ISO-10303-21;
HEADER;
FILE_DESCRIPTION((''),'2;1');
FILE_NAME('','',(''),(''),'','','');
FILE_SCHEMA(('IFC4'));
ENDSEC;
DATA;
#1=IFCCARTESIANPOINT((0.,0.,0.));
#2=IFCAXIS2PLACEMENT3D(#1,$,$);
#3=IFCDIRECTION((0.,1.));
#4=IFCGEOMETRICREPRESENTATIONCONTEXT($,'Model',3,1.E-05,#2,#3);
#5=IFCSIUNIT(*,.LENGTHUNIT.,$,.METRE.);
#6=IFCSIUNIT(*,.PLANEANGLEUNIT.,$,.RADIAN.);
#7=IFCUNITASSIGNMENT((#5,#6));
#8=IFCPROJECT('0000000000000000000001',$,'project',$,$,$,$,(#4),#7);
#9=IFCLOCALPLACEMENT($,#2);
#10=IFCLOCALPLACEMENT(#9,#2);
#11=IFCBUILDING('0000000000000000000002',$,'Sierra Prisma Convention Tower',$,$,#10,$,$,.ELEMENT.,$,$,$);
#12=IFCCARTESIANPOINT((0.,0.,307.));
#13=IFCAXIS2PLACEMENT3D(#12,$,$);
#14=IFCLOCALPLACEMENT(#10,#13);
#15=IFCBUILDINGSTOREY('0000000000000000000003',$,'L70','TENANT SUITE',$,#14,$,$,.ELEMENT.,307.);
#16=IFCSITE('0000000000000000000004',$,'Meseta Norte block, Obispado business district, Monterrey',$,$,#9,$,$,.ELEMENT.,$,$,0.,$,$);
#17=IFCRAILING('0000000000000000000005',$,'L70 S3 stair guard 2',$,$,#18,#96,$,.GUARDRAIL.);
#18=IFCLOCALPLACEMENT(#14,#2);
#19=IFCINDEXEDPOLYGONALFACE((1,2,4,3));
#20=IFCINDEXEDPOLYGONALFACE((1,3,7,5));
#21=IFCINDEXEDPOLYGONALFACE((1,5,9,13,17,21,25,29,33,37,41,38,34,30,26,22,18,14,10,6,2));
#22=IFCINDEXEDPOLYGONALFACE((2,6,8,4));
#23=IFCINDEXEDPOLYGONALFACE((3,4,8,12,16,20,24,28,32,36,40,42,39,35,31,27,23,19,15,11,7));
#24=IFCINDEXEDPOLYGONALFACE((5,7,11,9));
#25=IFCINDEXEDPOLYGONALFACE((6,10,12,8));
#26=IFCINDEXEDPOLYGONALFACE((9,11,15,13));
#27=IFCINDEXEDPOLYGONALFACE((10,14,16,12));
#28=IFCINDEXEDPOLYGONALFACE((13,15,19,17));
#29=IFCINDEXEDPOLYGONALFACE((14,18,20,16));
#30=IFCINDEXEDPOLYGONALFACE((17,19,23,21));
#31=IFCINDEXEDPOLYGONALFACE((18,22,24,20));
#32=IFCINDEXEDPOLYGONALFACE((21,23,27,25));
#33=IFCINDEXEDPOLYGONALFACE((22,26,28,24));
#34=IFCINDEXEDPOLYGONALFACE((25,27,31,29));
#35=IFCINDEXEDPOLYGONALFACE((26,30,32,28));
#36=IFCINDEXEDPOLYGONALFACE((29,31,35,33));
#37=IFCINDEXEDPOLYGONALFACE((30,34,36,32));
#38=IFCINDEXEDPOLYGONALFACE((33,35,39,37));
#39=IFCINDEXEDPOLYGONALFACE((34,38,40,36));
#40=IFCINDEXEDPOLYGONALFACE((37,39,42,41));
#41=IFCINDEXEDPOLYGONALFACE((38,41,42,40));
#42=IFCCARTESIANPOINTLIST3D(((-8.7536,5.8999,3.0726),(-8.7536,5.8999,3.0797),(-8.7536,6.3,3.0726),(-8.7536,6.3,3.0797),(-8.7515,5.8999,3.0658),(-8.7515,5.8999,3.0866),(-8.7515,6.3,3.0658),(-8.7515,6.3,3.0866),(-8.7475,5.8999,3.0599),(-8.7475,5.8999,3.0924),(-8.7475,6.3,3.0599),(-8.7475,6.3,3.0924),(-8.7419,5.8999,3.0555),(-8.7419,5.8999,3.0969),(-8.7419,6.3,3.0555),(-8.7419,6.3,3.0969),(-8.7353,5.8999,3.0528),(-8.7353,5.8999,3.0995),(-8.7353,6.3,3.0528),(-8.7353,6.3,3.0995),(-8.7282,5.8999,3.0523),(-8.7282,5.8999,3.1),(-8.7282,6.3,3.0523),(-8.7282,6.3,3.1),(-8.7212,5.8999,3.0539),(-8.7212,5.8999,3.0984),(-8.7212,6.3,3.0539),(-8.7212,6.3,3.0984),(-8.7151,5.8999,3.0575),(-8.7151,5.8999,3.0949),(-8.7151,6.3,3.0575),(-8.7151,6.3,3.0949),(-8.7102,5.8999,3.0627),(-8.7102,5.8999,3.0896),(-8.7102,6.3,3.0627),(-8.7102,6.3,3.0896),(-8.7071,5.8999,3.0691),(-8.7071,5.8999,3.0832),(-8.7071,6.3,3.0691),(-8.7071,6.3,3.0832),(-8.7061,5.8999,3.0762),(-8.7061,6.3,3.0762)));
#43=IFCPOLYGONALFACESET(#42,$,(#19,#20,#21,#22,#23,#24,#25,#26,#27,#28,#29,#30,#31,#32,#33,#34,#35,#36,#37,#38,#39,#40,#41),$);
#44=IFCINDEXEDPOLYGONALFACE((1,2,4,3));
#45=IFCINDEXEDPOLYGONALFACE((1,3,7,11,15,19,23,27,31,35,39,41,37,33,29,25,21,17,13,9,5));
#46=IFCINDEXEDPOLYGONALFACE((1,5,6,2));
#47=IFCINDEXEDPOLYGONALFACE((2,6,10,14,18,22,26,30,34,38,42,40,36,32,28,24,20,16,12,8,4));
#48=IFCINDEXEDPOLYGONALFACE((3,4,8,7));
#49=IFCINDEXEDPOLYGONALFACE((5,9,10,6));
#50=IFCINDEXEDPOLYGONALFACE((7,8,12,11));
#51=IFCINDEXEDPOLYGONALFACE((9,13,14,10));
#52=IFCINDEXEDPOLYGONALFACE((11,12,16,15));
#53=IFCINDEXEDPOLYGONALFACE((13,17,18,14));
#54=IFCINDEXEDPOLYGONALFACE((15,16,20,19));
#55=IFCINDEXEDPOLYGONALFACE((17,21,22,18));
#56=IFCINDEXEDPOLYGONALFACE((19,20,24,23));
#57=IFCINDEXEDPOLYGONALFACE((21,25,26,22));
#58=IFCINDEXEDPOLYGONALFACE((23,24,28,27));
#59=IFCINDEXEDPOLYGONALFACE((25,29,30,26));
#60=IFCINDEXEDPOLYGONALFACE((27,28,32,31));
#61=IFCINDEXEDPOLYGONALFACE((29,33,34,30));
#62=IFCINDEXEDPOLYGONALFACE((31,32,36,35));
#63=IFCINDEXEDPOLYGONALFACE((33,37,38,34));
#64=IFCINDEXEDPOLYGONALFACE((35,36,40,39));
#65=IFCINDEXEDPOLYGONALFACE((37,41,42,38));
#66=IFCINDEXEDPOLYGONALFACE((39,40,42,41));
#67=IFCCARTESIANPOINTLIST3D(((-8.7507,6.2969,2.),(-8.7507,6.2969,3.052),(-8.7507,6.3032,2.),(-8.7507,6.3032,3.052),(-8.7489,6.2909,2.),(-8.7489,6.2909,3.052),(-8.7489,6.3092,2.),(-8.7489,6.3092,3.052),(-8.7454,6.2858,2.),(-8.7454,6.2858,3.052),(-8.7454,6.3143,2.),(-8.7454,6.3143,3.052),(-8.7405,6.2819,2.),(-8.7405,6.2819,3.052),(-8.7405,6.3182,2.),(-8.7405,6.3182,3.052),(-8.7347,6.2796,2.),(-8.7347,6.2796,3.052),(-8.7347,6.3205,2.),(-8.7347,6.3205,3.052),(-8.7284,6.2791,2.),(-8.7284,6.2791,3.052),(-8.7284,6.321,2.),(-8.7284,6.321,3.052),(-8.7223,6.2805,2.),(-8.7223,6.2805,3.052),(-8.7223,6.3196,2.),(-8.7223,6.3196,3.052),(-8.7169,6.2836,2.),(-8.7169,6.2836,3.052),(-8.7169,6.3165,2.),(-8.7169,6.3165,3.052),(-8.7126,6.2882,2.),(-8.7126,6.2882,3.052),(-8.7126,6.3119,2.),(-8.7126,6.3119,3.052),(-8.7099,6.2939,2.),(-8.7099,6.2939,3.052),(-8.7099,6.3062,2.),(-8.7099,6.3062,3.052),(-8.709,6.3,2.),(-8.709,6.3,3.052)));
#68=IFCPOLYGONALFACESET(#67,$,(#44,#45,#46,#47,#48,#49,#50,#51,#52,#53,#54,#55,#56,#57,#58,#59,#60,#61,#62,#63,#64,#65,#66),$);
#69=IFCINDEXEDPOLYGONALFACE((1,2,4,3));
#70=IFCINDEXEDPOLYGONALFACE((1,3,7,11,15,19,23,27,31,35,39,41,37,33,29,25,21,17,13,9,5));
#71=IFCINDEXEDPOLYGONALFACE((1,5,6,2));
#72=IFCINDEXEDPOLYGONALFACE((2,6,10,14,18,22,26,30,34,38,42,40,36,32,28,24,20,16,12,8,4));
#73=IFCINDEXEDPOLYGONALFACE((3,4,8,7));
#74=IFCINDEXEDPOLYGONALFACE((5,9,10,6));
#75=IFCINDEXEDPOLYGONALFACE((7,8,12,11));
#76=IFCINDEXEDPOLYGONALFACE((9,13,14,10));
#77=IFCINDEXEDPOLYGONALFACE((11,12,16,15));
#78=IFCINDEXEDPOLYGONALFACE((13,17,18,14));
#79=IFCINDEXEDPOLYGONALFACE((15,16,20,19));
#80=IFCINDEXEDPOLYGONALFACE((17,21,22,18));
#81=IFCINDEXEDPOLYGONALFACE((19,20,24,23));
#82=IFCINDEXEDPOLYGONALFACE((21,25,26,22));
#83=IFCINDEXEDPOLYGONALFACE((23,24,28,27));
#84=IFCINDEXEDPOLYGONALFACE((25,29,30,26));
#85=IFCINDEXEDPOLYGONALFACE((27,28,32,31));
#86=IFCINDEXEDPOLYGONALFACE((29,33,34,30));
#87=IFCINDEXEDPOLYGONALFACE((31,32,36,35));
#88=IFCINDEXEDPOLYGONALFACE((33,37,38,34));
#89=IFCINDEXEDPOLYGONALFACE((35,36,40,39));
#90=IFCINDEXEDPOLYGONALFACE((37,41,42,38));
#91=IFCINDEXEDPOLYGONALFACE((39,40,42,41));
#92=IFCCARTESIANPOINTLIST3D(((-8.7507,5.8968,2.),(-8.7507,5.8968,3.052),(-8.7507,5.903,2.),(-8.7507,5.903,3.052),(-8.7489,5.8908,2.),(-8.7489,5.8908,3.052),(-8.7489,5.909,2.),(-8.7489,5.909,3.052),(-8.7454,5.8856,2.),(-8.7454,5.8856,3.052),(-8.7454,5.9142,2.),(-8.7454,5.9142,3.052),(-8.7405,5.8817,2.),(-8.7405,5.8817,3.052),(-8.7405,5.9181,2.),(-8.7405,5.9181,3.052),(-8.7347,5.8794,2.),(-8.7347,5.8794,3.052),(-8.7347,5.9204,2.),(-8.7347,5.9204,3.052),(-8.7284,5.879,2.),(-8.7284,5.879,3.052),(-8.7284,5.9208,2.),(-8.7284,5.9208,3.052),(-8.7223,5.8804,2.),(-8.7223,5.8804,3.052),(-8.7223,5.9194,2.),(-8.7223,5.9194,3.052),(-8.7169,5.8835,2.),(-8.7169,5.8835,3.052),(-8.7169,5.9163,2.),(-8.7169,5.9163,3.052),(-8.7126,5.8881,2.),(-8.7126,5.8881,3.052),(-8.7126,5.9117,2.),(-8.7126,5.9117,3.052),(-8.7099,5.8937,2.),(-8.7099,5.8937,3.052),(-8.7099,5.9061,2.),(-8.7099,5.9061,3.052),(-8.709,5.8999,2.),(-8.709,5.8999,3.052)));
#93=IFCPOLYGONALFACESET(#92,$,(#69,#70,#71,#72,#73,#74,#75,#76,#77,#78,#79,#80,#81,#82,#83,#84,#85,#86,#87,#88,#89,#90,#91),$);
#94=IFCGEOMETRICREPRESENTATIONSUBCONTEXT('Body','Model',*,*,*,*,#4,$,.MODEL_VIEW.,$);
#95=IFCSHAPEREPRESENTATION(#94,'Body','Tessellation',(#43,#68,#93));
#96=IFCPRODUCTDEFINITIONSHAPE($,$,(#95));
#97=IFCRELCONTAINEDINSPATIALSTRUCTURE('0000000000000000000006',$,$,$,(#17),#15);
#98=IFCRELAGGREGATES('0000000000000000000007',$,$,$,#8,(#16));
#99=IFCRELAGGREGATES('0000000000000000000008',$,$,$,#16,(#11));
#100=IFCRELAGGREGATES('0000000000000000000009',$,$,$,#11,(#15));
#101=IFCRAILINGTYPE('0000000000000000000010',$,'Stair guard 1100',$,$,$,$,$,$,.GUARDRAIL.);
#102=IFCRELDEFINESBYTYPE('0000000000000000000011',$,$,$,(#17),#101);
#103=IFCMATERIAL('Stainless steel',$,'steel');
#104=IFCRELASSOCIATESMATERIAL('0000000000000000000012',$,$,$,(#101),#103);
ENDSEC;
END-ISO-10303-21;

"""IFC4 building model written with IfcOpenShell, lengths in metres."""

from ifc_helpers import new_model, si_unit, direction, frame, origin, origin_2d, place, context, subcontext, project, spatial, circle, extrude, material, type_object, element, save


model = new_model("IFC4")

# Units and contexts
model_context = context("Model", 3, precision=1e-05, world=origin(), true_north=direction((0.0, 1.0)))
body_context = subcontext(model_context, "Body", "Model", "MODEL_VIEW")
ifc_project = project(units=[si_unit("LENGTHUNIT", "METRE"), si_unit("PLANEANGLEUNIT", "RADIAN")], contexts=[model_context])

# Site, building, storey
site_placement = place(None, origin())
site = spatial("IfcSite", under=ifc_project, at=site_placement, Name="Meseta Norte block, Obispado business district, Monterrey", CompositionType="ELEMENT", RefElevation=0.0)
building_placement = place(site_placement, origin())
building = spatial("IfcBuilding", under=site, at=building_placement, Name="Sierra Prisma Convention Tower", CompositionType="ELEMENT")
storey_placement = place(building_placement, frame((0.0, 0.0, 307.0)))
storey = spatial("IfcBuildingStorey", under=building, at=storey_placement, Name="L70", Description="TENANT SUITE", CompositionType="ELEMENT", Elevation=307.0)

# Railing
ifc_material_1 = material(Name="Stainless steel", Category="steel")
railing_type_1 = type_object("IfcRailingType", Name="Stair guard 1100", PredefinedType="GUARDRAIL", material=ifc_material_1)
railing_1_placement = place(storey_placement, frame((-8.73, 6.3, 2.0)))
element("IfcRailing", 1, at=railing_1_placement, inside=storey, type_object=railing_type_1, Name="L70 S3 stair guard 2", PredefinedType="GUARDRAIL", context=body_context, shape_type="SweptSolid", body=[
    extrude(circle(Radius=0.0239, at=origin_2d()), frame((0.0, 0.0, 1.0762), z_axis=(0.0, -1.0, 0.0), x_axis=(1.0, 0.0, 0.0)), (0.0, 0.0, 1.0), 0.4001),
    extrude(circle(Radius=0.021, at=origin_2d()), origin(), (0.0, 0.0, 1.0), 1.052),
    extrude(circle(Radius=0.021, at=origin_2d()), frame((0.0, -0.4001, 0.0)), (0.0, 0.0, 1.0), 1.052),
])

save(model, "model.ifc")
